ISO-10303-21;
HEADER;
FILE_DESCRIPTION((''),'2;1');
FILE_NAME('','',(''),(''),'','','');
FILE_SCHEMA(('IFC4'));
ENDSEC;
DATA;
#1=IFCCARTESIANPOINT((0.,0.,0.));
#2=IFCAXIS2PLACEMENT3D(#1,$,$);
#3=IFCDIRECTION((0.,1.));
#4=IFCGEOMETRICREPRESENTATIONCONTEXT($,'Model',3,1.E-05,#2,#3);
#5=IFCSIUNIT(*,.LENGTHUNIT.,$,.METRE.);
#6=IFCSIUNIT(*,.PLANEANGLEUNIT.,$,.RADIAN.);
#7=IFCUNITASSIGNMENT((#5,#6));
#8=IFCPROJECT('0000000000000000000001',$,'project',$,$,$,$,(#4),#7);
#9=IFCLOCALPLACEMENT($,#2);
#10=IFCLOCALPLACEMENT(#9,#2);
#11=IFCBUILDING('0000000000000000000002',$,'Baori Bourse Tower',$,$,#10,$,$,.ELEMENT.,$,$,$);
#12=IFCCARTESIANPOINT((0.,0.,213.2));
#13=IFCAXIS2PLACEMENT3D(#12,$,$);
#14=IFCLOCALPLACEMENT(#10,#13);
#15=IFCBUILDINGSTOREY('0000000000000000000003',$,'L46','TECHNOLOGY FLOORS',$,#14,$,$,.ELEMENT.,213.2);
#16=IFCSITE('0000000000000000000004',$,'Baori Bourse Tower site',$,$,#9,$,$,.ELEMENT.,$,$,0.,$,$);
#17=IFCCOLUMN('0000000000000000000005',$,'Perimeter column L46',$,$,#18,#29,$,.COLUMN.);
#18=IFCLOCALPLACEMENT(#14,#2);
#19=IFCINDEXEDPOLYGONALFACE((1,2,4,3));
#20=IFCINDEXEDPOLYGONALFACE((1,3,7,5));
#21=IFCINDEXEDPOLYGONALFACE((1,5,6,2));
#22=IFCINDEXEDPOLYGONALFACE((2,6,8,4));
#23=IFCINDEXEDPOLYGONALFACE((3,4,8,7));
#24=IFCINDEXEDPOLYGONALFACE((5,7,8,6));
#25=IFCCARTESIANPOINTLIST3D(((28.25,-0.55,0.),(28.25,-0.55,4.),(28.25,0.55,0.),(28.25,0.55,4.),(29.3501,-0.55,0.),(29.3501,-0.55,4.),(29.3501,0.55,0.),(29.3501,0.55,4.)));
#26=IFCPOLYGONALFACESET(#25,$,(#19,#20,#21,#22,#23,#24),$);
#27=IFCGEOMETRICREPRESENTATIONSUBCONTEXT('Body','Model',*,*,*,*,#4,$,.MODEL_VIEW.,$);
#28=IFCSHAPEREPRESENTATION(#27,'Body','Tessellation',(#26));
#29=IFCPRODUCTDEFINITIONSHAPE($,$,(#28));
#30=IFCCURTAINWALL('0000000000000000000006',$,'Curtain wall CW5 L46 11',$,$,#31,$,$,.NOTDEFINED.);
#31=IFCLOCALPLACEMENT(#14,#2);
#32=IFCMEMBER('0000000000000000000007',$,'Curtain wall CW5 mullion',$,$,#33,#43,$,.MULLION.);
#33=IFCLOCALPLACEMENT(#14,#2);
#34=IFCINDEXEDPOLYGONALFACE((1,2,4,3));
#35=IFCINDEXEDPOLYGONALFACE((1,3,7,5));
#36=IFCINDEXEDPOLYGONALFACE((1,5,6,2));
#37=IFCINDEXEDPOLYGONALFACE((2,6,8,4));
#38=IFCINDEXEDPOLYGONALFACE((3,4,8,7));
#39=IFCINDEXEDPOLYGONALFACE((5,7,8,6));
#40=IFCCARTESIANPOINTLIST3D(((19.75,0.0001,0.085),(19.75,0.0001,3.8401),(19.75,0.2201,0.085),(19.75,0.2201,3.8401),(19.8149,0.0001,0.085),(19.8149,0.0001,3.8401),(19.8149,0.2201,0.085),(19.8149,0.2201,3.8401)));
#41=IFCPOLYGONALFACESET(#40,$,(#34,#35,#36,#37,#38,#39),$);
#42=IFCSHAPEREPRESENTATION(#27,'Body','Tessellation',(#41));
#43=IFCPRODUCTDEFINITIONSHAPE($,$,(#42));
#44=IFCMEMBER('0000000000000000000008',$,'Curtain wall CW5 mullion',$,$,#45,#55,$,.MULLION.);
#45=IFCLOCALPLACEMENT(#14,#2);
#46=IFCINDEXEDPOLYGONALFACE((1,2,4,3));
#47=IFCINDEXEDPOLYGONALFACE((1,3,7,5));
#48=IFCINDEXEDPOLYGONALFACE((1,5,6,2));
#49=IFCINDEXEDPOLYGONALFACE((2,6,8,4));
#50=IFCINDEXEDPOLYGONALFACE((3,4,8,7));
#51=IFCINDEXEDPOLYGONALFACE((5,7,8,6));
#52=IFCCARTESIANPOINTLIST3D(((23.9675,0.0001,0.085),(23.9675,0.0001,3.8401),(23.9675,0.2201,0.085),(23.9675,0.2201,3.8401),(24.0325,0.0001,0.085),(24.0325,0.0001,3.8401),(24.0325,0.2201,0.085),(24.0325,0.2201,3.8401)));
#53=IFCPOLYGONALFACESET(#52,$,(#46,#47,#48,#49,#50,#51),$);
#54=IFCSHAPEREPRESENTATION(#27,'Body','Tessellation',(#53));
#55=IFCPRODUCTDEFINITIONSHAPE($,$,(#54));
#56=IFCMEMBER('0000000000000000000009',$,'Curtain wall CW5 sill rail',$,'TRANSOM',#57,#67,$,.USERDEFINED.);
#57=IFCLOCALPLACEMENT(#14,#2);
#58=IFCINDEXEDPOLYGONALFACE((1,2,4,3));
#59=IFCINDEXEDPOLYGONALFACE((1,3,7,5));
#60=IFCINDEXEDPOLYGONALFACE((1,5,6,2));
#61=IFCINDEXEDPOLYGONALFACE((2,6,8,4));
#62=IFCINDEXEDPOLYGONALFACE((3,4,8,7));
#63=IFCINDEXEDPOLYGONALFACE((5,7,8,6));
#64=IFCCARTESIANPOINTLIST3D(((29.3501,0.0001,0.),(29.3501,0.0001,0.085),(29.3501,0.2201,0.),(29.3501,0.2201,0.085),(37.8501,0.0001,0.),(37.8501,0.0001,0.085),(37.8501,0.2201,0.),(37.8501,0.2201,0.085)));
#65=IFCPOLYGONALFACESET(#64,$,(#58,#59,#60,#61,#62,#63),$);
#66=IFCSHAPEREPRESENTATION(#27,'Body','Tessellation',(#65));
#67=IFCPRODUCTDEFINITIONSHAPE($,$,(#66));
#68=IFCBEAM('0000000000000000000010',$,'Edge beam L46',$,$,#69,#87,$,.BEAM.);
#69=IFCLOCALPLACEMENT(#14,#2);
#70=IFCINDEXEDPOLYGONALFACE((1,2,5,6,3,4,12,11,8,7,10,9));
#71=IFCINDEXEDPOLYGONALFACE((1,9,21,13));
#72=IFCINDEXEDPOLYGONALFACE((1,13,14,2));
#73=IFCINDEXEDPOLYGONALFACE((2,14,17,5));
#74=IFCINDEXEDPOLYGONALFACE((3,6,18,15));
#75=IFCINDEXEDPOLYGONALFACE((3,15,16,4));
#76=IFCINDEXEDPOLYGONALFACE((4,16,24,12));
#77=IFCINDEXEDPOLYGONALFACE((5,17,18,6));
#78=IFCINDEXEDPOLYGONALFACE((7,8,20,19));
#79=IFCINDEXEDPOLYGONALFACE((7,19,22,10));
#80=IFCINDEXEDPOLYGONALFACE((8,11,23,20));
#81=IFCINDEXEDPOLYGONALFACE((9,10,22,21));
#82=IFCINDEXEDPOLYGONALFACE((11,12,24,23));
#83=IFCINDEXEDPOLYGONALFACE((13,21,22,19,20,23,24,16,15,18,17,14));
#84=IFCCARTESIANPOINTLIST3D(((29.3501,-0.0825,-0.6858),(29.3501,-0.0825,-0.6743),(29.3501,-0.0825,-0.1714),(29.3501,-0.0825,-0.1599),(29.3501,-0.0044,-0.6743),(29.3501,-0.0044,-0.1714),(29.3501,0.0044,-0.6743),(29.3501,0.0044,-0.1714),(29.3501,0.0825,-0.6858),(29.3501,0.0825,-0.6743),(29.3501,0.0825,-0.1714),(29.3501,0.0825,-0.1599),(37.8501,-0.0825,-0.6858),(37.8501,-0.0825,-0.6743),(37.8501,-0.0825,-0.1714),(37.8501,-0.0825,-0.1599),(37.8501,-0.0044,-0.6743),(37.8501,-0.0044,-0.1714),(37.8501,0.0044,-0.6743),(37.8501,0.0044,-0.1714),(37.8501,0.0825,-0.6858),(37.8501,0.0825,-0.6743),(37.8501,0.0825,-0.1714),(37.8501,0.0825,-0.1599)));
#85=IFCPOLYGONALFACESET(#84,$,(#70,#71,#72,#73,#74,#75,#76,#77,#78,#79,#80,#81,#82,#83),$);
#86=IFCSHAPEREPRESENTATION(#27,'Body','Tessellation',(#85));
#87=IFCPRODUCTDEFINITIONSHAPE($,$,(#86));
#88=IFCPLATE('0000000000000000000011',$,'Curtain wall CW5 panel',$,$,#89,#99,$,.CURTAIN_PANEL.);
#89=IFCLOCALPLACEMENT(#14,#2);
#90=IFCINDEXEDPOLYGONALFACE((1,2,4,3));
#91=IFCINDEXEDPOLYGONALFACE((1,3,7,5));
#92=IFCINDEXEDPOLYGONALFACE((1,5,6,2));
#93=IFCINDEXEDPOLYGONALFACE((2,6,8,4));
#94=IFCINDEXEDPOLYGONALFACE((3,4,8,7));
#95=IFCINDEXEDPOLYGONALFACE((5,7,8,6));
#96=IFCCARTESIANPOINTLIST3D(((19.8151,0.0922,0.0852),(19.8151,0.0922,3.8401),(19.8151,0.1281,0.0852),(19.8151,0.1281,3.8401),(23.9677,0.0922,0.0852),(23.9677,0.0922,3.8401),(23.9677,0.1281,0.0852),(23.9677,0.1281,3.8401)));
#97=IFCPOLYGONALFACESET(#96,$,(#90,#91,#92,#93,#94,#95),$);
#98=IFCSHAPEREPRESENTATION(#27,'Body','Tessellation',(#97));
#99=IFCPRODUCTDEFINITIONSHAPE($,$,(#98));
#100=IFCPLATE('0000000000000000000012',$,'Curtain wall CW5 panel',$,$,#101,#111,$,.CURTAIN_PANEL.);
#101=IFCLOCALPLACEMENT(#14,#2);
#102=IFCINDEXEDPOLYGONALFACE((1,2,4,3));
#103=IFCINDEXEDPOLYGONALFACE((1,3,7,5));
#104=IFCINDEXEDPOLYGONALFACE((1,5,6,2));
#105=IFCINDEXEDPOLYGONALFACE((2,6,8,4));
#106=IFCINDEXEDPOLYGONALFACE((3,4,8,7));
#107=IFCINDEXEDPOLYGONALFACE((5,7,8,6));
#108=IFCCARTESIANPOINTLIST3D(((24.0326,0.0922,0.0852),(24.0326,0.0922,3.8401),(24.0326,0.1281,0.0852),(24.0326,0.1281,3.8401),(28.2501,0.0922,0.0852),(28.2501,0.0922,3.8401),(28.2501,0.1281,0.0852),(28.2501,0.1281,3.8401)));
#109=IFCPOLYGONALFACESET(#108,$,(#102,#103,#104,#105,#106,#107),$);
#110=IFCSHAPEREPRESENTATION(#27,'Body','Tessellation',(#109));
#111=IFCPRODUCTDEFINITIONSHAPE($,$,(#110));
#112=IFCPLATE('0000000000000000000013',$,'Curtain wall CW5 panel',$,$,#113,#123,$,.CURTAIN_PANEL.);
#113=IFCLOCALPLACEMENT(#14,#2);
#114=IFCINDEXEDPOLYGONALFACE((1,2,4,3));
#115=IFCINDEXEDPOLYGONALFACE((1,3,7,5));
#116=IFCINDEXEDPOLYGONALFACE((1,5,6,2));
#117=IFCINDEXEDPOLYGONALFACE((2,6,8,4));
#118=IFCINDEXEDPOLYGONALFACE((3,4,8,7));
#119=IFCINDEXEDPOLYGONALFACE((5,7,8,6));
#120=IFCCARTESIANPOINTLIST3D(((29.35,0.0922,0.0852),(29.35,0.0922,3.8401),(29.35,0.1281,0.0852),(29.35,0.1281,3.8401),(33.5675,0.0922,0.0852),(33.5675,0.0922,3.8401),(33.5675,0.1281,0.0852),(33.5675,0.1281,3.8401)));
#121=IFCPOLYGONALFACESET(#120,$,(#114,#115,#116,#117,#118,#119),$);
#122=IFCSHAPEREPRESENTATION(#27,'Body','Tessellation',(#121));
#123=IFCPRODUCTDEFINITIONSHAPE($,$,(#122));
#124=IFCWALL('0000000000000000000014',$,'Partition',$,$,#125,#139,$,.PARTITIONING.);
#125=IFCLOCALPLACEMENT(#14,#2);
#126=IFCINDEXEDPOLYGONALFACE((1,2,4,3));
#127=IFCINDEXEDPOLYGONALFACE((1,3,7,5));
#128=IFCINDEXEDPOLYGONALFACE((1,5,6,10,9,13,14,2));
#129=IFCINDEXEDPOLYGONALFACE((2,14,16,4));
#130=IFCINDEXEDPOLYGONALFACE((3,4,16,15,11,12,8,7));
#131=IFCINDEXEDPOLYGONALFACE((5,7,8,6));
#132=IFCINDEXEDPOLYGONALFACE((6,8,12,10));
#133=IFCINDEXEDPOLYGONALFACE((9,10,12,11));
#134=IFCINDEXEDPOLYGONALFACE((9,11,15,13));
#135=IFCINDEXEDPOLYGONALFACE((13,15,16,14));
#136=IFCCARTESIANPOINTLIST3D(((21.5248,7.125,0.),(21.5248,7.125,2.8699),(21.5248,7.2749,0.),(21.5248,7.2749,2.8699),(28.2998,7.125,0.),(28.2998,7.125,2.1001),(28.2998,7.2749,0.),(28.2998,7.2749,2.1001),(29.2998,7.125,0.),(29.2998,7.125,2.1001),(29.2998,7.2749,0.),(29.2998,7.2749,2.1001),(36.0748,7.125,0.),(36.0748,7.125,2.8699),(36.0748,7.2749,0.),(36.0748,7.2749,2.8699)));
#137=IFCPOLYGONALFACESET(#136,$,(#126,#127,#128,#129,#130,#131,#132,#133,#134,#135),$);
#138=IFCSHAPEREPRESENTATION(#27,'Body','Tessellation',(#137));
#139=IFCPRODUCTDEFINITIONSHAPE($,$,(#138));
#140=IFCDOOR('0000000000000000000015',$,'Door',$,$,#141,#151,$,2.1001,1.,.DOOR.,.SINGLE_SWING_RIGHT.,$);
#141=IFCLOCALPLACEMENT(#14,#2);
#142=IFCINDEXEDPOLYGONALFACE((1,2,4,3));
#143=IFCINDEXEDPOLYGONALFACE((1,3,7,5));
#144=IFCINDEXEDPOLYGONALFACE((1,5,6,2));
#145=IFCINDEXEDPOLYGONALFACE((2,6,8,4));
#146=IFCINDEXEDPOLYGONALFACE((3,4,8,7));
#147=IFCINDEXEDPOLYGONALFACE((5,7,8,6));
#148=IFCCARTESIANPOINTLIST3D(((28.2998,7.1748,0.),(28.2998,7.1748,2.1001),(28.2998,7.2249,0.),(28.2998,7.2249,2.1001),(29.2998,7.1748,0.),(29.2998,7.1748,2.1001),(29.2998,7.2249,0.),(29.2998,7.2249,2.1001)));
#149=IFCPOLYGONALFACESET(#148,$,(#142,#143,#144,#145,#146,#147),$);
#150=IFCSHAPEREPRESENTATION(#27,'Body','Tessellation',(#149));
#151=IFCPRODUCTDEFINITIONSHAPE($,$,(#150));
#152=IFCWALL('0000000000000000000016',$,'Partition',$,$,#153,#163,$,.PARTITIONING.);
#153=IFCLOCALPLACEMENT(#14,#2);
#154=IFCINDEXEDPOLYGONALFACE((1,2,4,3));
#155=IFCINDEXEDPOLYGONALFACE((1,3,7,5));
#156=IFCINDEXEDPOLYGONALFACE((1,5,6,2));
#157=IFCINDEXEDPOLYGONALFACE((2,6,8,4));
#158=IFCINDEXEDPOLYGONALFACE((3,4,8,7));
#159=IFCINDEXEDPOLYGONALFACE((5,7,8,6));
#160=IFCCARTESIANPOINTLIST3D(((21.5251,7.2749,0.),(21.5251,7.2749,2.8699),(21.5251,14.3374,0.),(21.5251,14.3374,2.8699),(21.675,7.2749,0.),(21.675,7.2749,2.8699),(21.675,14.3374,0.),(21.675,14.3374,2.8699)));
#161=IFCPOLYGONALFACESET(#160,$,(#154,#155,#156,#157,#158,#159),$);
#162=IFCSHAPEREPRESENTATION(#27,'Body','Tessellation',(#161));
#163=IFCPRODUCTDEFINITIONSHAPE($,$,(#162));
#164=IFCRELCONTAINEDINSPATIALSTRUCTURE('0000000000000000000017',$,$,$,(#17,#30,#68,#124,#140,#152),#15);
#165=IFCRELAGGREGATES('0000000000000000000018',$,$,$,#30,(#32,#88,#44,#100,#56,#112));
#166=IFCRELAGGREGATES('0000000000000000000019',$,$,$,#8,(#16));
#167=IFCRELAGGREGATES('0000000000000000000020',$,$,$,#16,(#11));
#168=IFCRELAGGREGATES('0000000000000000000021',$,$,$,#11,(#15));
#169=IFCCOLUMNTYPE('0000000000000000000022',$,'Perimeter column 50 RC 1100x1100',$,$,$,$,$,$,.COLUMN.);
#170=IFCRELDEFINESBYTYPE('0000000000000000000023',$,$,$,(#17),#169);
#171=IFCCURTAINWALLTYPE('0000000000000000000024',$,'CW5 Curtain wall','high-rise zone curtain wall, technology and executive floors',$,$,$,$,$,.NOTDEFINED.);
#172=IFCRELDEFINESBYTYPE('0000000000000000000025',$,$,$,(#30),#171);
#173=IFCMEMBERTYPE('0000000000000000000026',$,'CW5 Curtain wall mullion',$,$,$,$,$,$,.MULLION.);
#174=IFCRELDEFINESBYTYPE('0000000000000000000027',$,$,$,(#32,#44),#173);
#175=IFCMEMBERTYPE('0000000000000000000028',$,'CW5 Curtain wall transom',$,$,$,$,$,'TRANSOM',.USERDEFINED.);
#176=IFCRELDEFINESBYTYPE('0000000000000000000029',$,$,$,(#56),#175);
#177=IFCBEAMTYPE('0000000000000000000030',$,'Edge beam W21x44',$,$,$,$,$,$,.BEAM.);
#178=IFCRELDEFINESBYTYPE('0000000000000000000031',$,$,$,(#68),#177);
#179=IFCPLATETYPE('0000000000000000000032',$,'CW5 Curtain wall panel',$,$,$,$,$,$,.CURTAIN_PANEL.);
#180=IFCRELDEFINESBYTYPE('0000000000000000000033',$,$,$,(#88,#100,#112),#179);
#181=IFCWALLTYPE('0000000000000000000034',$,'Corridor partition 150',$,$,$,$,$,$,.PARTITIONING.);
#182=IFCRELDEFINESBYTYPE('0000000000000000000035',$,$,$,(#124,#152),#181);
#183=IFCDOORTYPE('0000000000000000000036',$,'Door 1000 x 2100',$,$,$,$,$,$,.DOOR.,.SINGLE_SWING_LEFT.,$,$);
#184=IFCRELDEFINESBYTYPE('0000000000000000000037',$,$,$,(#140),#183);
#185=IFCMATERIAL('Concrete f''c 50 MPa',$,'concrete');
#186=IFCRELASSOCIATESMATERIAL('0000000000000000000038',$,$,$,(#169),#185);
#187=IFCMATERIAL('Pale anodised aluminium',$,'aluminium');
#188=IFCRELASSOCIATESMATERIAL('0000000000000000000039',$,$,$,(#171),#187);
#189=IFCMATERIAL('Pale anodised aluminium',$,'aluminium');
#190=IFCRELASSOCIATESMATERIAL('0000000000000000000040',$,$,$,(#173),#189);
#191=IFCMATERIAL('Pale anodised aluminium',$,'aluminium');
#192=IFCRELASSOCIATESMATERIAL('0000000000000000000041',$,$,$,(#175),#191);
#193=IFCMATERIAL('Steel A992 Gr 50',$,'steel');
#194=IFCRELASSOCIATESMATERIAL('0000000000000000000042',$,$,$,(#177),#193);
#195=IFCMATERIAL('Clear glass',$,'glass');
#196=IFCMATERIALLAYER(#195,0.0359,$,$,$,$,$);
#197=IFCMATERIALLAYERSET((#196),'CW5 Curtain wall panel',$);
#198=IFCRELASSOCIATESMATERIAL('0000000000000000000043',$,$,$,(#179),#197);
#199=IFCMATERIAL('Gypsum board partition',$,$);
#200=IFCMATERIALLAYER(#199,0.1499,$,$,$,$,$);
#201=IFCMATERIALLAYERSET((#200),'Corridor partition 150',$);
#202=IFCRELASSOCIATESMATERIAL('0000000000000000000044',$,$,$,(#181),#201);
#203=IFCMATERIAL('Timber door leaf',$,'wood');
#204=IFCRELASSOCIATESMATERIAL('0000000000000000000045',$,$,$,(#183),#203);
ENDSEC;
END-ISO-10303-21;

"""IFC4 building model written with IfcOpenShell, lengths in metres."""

from ifc_helpers import new_model, si_unit, direction, frame, frame_2d, origin, origin_2d, place, context, subcontext, project, spatial, rectangle, i_section, extrude, material, layer, layer_set, material_profile, profile_set, type_object, element, fill, aggregate, save


model = new_model("IFC4")

# Units and contexts
model_context = context("Model", 3, precision=1e-05, world=origin(), true_north=direction((0.0, 1.0)))
body_context = subcontext(model_context, "Body", "Model", "MODEL_VIEW")
ifc_project = project(units=[si_unit("LENGTHUNIT", "METRE"), si_unit("PLANEANGLEUNIT", "RADIAN")], contexts=[model_context])

# Site, building, storey
site_placement = place(None, origin())
site = spatial("IfcSite", under=ifc_project, at=site_placement, Name="Baori Bourse Tower site", CompositionType="ELEMENT", RefElevation=0.0)
building_placement = place(site_placement, origin())
building = spatial("IfcBuilding", under=site, at=building_placement, Name="Baori Bourse Tower", CompositionType="ELEMENT")
storey_placement = place(building_placement, frame((0.0, 0.0, 213.2)))
storey = spatial("IfcBuildingStorey", under=building, at=storey_placement, Name="L46", Description="TECHNOLOGY FLOORS", CompositionType="ELEMENT", Elevation=213.2)

# Column
ifc_material_1 = material(Name="Concrete f'c 50 MPa", Category="concrete")
ifc_material_profile_1 = material_profile(ifc_material_1, rectangle(XDim=1.1001, YDim=1.1001, at=origin_2d()), Name="RC 1100x1100")
ifc_profile_set_1 = profile_set([ifc_material_profile_1], Name="Concrete f'c 50 MPa")
column_type = type_object("IfcColumnType", Name="Perimeter column 50 RC 1100x1100", PredefinedType="COLUMN", material=ifc_profile_set_1)
column_placement = place(storey_placement, frame((28.8, 0.0, 0.0), z_axis=(0.0, 0.0, 1.0), x_axis=(1.0, 0.0, 0.0)))
element("IfcColumn", 1, at=column_placement, inside=storey, type_object=column_type, Name="Perimeter column L46", PredefinedType="COLUMN", context=body_context, shape_type="SweptSolid", body=[
    extrude(rectangle(XDim=1.1001, YDim=1.1001, at=origin_2d()), origin(), (0.0, 0.0, 1.0), 4.0),
])

# Curtain wall, members
ifc_material_2 = material(Name="Pale anodised aluminium", Category="aluminium")
curtain_wall_type = type_object("IfcCurtainWallType", Name="CW5 Curtain wall", Description="high-rise zone curtain wall, technology and executive floors", PredefinedType="NOTDEFINED", material=ifc_material_2)
curtain_wall_placement = place(storey_placement, origin())
curtain_wall = element("IfcCurtainWall", 2, at=curtain_wall_placement, inside=storey, type_object=curtain_wall_type, Name="Curtain wall CW5 L46 11", PredefinedType="NOTDEFINED")
ifc_material_3 = material(Name="Pale anodised aluminium", Category="aluminium")
ifc_material_profile_2 = material_profile(ifc_material_3, rectangle(XDim=0.22, YDim=0.0649, at=origin_2d()), Name="Mullion 65x220")
ifc_profile_set_2 = profile_set([ifc_material_profile_2], Name="Pale anodised aluminium")
member_type_1 = type_object("IfcMemberType", Name="CW5 Curtain wall mullion", PredefinedType="MULLION", material=ifc_profile_set_2)
member_1_placement = place(storey_placement, frame((19.7825, 0.1101, 0.085), z_axis=(0.0, 0.0, 1.0), x_axis=(0.0, 1.0, 0.0)))
member_1 = element("IfcMember", 3, at=member_1_placement, type_object=member_type_1, Name="Curtain wall CW5 mullion", PredefinedType="MULLION", context=body_context, shape_type="SweptSolid", body=[
    extrude(rectangle(XDim=0.22, YDim=0.0649, at=origin_2d()), origin(), (0.0, 0.0, 1.0), 3.7551),
])
member_2_placement = place(storey_placement, frame((24.0, 0.1101, 0.085), z_axis=(0.0, 0.0, 1.0), x_axis=(0.0, 1.0, 0.0)))
member_2 = element("IfcMember", 4, at=member_2_placement, type_object=member_type_1, Name="Curtain wall CW5 mullion", PredefinedType="MULLION", context=body_context, shape_type="SweptSolid", body=[
    extrude(rectangle(XDim=0.22, YDim=0.0649, at=origin_2d()), origin(), (0.0, 0.0, 1.0), 3.7551),
])
ifc_material_4 = material(Name="Pale anodised aluminium", Category="aluminium")
ifc_material_profile_3 = material_profile(ifc_material_4, rectangle(XDim=0.22, YDim=0.085, at=origin_2d()), Name="Transom 85x220")
ifc_profile_set_3 = profile_set([ifc_material_profile_3], Name="Pale anodised aluminium")
member_type_2 = type_object("IfcMemberType", Name="CW5 Curtain wall transom", ElementType="TRANSOM", PredefinedType="USERDEFINED", material=ifc_profile_set_3)
member_3_placement = place(storey_placement, frame((29.3501, 0.1101, 0.0425), z_axis=(1.0, 0.0, 0.0), x_axis=(0.0, 1.0, 0.0)))
member_3 = element("IfcMember", 5, at=member_3_placement, type_object=member_type_2, Name="Curtain wall CW5 sill rail", ObjectType="TRANSOM", PredefinedType="USERDEFINED", context=body_context, shape_type="SweptSolid", body=[
    extrude(rectangle(XDim=0.22, YDim=0.085, at=origin_2d()), origin(), (0.0, 0.0, 1.0), 8.5),
])

# Beam
ifc_material_5 = material(Name="Steel A992 Gr 50", Category="steel")
ifc_material_profile_4 = material_profile(ifc_material_5, i_section(OverallWidth=0.165, OverallDepth=0.5259, WebThickness=0.0088, FlangeThickness=0.0115, at=origin_2d()), Name="W21x44")
ifc_profile_set_4 = profile_set([ifc_material_profile_4], Name="Steel A992 Gr 50")
beam_type = type_object("IfcBeamType", Name="Edge beam W21x44", PredefinedType="BEAM", material=ifc_profile_set_4)
beam_placement = place(storey_placement, frame((29.3501, 0.0, -0.4229), z_axis=(1.0, 0.0, 0.0), x_axis=(0.0, 1.0, 0.0)))
element("IfcBeam", 6, at=beam_placement, inside=storey, type_object=beam_type, Name="Edge beam L46", PredefinedType="BEAM", context=body_context, shape_type="SweptSolid", body=[
    extrude(i_section(OverallWidth=0.165, OverallDepth=0.5259, WebThickness=0.0088, FlangeThickness=0.0115, at=origin_2d()), origin(), (0.0, 0.0, 1.0), 8.5),
])

# Plates
ifc_material_6 = material(Name="Clear glass", Category="glass")
ifc_layer_1 = layer(ifc_material_6, 0.0359)
ifc_layer_set_1 = layer_set([ifc_layer_1], Name="CW5 Curtain wall panel")
plate_type = type_object("IfcPlateType", Name="CW5 Curtain wall panel", PredefinedType="CURTAIN_PANEL", material=ifc_layer_set_1)
plate_1_placement = place(storey_placement, frame((21.8914, 0.1101, 0.0852), z_axis=(0.0, 0.0, 1.0), x_axis=(1.0, 0.0, 0.0)))
plate_1 = element("IfcPlate", 7, at=plate_1_placement, type_object=plate_type, Name="Curtain wall CW5 panel", PredefinedType="CURTAIN_PANEL", context=body_context, shape_type="SweptSolid", body=[
    extrude(rectangle(XDim=4.1526, YDim=0.0359, at=origin_2d()), origin(), (0.0, 0.0, 1.0), 3.7549),
])
plate_2_placement = place(storey_placement, frame((26.1414, 0.1101, 0.0852), z_axis=(0.0, 0.0, 1.0), x_axis=(1.0, 0.0, 0.0)))
plate_2 = element("IfcPlate", 8, at=plate_2_placement, type_object=plate_type, Name="Curtain wall CW5 panel", PredefinedType="CURTAIN_PANEL", context=body_context, shape_type="SweptSolid", body=[
    extrude(rectangle(XDim=4.2175, YDim=0.0359, at=origin_2d()), origin(), (0.0, 0.0, 1.0), 3.7549),
])
plate_3_placement = place(storey_placement, frame((31.4587, 0.1101, 0.0852), z_axis=(0.0, 0.0, 1.0), x_axis=(1.0, 0.0, 0.0)))
plate_3 = element("IfcPlate", 9, at=plate_3_placement, type_object=plate_type, Name="Curtain wall CW5 panel", PredefinedType="CURTAIN_PANEL", context=body_context, shape_type="SweptSolid", body=[
    extrude(rectangle(XDim=4.2175, YDim=0.0359, at=origin_2d()), origin(), (0.0, 0.0, 1.0), 3.7549),
])
aggregate(curtain_wall, [member_1, plate_1, member_2, plate_2, member_3, plate_3])

# Wall, opening, door
ifc_material_7 = material(Name="Gypsum board partition")
ifc_layer_2 = layer(ifc_material_7, 0.1499)
ifc_layer_set_2 = layer_set([ifc_layer_2], Name="Corridor partition 150")
wall_type_1 = type_object("IfcWallType", Name="Corridor partition 150", PredefinedType="PARTITIONING", material=ifc_layer_set_2)
wall_1_placement = place(storey_placement, frame((21.5249, 7.2, 0.0), z_axis=(0.0, 0.0, 1.0), x_axis=(1.0, 0.0, 0.0)))
wall_1 = element("IfcWall", 10, at=wall_1_placement, inside=storey, type_object=wall_type_1, Name="Partition", PredefinedType="PARTITIONING", context=body_context, shape_type="SweptSolid", body=[
    extrude(rectangle(XDim=14.55, YDim=0.1499, at=frame_2d((7.2749, 0.0))), origin(), (0.0, 0.0, 1.0), 2.8699),
])
opening_1_placement = place(wall_1_placement, frame((6.7749, 0.0, 0.0)))
opening_1 = element("IfcOpeningElement", 11, at=opening_1_placement, cuts=wall_1, PredefinedType="OPENING", context=body_context, shape_type="SweptSolid", body=[
    extrude(rectangle(XDim=1.0, YDim=2.1001, at=frame_2d((0.5, 1.05))), frame((0.0, 0.085, 0.0), z_axis=(0.0, -1.0, 0.0), x_axis=(1.0, 0.0, 0.0)), (0.0, 0.0, 1.0), 0.1699),
])
ifc_material_8 = material(Name="Timber door leaf", Category="wood")
door_type = type_object("IfcDoorType", Name="Door 1000 x 2100", OperationType="SINGLE_SWING_LEFT", PredefinedType="DOOR", material=ifc_material_8)
door_1_placement = place(opening_1_placement, origin())
door_1 = element("IfcDoor", 12, at=door_1_placement, inside=storey, type_object=door_type, Name="Door", OperationType="SINGLE_SWING_RIGHT", OverallHeight=2.1001, OverallWidth=1.0, PredefinedType="DOOR", context=body_context, shape_type="SweptSolid", body=[
    extrude(rectangle(XDim=1.0, YDim=2.1001, at=frame_2d((0.5, 1.05))), frame((0.0, 0.0249, 0.0), z_axis=(0.0, -1.0, 0.0), x_axis=(1.0, 0.0, 0.0)), (0.0, 0.0, 1.0), 0.05),
])
fill(opening_1, door_1)

# Wall
wall_2_placement = place(storey_placement, frame((21.6001, 7.2749, 0.0), z_axis=(0.0, 0.0, 1.0), x_axis=(0.0, 1.0, 0.0)))
element("IfcWall", 13, at=wall_2_placement, inside=storey, type_object=wall_type_1, Name="Partition", PredefinedType="PARTITIONING", context=body_context, shape_type="SweptSolid", body=[
    extrude(rectangle(XDim=7.0625, YDim=0.1499, at=frame_2d((3.5312, 0.0))), origin(), (0.0, 0.0, 1.0), 2.8699),
])

save(model, "model.ifc")
